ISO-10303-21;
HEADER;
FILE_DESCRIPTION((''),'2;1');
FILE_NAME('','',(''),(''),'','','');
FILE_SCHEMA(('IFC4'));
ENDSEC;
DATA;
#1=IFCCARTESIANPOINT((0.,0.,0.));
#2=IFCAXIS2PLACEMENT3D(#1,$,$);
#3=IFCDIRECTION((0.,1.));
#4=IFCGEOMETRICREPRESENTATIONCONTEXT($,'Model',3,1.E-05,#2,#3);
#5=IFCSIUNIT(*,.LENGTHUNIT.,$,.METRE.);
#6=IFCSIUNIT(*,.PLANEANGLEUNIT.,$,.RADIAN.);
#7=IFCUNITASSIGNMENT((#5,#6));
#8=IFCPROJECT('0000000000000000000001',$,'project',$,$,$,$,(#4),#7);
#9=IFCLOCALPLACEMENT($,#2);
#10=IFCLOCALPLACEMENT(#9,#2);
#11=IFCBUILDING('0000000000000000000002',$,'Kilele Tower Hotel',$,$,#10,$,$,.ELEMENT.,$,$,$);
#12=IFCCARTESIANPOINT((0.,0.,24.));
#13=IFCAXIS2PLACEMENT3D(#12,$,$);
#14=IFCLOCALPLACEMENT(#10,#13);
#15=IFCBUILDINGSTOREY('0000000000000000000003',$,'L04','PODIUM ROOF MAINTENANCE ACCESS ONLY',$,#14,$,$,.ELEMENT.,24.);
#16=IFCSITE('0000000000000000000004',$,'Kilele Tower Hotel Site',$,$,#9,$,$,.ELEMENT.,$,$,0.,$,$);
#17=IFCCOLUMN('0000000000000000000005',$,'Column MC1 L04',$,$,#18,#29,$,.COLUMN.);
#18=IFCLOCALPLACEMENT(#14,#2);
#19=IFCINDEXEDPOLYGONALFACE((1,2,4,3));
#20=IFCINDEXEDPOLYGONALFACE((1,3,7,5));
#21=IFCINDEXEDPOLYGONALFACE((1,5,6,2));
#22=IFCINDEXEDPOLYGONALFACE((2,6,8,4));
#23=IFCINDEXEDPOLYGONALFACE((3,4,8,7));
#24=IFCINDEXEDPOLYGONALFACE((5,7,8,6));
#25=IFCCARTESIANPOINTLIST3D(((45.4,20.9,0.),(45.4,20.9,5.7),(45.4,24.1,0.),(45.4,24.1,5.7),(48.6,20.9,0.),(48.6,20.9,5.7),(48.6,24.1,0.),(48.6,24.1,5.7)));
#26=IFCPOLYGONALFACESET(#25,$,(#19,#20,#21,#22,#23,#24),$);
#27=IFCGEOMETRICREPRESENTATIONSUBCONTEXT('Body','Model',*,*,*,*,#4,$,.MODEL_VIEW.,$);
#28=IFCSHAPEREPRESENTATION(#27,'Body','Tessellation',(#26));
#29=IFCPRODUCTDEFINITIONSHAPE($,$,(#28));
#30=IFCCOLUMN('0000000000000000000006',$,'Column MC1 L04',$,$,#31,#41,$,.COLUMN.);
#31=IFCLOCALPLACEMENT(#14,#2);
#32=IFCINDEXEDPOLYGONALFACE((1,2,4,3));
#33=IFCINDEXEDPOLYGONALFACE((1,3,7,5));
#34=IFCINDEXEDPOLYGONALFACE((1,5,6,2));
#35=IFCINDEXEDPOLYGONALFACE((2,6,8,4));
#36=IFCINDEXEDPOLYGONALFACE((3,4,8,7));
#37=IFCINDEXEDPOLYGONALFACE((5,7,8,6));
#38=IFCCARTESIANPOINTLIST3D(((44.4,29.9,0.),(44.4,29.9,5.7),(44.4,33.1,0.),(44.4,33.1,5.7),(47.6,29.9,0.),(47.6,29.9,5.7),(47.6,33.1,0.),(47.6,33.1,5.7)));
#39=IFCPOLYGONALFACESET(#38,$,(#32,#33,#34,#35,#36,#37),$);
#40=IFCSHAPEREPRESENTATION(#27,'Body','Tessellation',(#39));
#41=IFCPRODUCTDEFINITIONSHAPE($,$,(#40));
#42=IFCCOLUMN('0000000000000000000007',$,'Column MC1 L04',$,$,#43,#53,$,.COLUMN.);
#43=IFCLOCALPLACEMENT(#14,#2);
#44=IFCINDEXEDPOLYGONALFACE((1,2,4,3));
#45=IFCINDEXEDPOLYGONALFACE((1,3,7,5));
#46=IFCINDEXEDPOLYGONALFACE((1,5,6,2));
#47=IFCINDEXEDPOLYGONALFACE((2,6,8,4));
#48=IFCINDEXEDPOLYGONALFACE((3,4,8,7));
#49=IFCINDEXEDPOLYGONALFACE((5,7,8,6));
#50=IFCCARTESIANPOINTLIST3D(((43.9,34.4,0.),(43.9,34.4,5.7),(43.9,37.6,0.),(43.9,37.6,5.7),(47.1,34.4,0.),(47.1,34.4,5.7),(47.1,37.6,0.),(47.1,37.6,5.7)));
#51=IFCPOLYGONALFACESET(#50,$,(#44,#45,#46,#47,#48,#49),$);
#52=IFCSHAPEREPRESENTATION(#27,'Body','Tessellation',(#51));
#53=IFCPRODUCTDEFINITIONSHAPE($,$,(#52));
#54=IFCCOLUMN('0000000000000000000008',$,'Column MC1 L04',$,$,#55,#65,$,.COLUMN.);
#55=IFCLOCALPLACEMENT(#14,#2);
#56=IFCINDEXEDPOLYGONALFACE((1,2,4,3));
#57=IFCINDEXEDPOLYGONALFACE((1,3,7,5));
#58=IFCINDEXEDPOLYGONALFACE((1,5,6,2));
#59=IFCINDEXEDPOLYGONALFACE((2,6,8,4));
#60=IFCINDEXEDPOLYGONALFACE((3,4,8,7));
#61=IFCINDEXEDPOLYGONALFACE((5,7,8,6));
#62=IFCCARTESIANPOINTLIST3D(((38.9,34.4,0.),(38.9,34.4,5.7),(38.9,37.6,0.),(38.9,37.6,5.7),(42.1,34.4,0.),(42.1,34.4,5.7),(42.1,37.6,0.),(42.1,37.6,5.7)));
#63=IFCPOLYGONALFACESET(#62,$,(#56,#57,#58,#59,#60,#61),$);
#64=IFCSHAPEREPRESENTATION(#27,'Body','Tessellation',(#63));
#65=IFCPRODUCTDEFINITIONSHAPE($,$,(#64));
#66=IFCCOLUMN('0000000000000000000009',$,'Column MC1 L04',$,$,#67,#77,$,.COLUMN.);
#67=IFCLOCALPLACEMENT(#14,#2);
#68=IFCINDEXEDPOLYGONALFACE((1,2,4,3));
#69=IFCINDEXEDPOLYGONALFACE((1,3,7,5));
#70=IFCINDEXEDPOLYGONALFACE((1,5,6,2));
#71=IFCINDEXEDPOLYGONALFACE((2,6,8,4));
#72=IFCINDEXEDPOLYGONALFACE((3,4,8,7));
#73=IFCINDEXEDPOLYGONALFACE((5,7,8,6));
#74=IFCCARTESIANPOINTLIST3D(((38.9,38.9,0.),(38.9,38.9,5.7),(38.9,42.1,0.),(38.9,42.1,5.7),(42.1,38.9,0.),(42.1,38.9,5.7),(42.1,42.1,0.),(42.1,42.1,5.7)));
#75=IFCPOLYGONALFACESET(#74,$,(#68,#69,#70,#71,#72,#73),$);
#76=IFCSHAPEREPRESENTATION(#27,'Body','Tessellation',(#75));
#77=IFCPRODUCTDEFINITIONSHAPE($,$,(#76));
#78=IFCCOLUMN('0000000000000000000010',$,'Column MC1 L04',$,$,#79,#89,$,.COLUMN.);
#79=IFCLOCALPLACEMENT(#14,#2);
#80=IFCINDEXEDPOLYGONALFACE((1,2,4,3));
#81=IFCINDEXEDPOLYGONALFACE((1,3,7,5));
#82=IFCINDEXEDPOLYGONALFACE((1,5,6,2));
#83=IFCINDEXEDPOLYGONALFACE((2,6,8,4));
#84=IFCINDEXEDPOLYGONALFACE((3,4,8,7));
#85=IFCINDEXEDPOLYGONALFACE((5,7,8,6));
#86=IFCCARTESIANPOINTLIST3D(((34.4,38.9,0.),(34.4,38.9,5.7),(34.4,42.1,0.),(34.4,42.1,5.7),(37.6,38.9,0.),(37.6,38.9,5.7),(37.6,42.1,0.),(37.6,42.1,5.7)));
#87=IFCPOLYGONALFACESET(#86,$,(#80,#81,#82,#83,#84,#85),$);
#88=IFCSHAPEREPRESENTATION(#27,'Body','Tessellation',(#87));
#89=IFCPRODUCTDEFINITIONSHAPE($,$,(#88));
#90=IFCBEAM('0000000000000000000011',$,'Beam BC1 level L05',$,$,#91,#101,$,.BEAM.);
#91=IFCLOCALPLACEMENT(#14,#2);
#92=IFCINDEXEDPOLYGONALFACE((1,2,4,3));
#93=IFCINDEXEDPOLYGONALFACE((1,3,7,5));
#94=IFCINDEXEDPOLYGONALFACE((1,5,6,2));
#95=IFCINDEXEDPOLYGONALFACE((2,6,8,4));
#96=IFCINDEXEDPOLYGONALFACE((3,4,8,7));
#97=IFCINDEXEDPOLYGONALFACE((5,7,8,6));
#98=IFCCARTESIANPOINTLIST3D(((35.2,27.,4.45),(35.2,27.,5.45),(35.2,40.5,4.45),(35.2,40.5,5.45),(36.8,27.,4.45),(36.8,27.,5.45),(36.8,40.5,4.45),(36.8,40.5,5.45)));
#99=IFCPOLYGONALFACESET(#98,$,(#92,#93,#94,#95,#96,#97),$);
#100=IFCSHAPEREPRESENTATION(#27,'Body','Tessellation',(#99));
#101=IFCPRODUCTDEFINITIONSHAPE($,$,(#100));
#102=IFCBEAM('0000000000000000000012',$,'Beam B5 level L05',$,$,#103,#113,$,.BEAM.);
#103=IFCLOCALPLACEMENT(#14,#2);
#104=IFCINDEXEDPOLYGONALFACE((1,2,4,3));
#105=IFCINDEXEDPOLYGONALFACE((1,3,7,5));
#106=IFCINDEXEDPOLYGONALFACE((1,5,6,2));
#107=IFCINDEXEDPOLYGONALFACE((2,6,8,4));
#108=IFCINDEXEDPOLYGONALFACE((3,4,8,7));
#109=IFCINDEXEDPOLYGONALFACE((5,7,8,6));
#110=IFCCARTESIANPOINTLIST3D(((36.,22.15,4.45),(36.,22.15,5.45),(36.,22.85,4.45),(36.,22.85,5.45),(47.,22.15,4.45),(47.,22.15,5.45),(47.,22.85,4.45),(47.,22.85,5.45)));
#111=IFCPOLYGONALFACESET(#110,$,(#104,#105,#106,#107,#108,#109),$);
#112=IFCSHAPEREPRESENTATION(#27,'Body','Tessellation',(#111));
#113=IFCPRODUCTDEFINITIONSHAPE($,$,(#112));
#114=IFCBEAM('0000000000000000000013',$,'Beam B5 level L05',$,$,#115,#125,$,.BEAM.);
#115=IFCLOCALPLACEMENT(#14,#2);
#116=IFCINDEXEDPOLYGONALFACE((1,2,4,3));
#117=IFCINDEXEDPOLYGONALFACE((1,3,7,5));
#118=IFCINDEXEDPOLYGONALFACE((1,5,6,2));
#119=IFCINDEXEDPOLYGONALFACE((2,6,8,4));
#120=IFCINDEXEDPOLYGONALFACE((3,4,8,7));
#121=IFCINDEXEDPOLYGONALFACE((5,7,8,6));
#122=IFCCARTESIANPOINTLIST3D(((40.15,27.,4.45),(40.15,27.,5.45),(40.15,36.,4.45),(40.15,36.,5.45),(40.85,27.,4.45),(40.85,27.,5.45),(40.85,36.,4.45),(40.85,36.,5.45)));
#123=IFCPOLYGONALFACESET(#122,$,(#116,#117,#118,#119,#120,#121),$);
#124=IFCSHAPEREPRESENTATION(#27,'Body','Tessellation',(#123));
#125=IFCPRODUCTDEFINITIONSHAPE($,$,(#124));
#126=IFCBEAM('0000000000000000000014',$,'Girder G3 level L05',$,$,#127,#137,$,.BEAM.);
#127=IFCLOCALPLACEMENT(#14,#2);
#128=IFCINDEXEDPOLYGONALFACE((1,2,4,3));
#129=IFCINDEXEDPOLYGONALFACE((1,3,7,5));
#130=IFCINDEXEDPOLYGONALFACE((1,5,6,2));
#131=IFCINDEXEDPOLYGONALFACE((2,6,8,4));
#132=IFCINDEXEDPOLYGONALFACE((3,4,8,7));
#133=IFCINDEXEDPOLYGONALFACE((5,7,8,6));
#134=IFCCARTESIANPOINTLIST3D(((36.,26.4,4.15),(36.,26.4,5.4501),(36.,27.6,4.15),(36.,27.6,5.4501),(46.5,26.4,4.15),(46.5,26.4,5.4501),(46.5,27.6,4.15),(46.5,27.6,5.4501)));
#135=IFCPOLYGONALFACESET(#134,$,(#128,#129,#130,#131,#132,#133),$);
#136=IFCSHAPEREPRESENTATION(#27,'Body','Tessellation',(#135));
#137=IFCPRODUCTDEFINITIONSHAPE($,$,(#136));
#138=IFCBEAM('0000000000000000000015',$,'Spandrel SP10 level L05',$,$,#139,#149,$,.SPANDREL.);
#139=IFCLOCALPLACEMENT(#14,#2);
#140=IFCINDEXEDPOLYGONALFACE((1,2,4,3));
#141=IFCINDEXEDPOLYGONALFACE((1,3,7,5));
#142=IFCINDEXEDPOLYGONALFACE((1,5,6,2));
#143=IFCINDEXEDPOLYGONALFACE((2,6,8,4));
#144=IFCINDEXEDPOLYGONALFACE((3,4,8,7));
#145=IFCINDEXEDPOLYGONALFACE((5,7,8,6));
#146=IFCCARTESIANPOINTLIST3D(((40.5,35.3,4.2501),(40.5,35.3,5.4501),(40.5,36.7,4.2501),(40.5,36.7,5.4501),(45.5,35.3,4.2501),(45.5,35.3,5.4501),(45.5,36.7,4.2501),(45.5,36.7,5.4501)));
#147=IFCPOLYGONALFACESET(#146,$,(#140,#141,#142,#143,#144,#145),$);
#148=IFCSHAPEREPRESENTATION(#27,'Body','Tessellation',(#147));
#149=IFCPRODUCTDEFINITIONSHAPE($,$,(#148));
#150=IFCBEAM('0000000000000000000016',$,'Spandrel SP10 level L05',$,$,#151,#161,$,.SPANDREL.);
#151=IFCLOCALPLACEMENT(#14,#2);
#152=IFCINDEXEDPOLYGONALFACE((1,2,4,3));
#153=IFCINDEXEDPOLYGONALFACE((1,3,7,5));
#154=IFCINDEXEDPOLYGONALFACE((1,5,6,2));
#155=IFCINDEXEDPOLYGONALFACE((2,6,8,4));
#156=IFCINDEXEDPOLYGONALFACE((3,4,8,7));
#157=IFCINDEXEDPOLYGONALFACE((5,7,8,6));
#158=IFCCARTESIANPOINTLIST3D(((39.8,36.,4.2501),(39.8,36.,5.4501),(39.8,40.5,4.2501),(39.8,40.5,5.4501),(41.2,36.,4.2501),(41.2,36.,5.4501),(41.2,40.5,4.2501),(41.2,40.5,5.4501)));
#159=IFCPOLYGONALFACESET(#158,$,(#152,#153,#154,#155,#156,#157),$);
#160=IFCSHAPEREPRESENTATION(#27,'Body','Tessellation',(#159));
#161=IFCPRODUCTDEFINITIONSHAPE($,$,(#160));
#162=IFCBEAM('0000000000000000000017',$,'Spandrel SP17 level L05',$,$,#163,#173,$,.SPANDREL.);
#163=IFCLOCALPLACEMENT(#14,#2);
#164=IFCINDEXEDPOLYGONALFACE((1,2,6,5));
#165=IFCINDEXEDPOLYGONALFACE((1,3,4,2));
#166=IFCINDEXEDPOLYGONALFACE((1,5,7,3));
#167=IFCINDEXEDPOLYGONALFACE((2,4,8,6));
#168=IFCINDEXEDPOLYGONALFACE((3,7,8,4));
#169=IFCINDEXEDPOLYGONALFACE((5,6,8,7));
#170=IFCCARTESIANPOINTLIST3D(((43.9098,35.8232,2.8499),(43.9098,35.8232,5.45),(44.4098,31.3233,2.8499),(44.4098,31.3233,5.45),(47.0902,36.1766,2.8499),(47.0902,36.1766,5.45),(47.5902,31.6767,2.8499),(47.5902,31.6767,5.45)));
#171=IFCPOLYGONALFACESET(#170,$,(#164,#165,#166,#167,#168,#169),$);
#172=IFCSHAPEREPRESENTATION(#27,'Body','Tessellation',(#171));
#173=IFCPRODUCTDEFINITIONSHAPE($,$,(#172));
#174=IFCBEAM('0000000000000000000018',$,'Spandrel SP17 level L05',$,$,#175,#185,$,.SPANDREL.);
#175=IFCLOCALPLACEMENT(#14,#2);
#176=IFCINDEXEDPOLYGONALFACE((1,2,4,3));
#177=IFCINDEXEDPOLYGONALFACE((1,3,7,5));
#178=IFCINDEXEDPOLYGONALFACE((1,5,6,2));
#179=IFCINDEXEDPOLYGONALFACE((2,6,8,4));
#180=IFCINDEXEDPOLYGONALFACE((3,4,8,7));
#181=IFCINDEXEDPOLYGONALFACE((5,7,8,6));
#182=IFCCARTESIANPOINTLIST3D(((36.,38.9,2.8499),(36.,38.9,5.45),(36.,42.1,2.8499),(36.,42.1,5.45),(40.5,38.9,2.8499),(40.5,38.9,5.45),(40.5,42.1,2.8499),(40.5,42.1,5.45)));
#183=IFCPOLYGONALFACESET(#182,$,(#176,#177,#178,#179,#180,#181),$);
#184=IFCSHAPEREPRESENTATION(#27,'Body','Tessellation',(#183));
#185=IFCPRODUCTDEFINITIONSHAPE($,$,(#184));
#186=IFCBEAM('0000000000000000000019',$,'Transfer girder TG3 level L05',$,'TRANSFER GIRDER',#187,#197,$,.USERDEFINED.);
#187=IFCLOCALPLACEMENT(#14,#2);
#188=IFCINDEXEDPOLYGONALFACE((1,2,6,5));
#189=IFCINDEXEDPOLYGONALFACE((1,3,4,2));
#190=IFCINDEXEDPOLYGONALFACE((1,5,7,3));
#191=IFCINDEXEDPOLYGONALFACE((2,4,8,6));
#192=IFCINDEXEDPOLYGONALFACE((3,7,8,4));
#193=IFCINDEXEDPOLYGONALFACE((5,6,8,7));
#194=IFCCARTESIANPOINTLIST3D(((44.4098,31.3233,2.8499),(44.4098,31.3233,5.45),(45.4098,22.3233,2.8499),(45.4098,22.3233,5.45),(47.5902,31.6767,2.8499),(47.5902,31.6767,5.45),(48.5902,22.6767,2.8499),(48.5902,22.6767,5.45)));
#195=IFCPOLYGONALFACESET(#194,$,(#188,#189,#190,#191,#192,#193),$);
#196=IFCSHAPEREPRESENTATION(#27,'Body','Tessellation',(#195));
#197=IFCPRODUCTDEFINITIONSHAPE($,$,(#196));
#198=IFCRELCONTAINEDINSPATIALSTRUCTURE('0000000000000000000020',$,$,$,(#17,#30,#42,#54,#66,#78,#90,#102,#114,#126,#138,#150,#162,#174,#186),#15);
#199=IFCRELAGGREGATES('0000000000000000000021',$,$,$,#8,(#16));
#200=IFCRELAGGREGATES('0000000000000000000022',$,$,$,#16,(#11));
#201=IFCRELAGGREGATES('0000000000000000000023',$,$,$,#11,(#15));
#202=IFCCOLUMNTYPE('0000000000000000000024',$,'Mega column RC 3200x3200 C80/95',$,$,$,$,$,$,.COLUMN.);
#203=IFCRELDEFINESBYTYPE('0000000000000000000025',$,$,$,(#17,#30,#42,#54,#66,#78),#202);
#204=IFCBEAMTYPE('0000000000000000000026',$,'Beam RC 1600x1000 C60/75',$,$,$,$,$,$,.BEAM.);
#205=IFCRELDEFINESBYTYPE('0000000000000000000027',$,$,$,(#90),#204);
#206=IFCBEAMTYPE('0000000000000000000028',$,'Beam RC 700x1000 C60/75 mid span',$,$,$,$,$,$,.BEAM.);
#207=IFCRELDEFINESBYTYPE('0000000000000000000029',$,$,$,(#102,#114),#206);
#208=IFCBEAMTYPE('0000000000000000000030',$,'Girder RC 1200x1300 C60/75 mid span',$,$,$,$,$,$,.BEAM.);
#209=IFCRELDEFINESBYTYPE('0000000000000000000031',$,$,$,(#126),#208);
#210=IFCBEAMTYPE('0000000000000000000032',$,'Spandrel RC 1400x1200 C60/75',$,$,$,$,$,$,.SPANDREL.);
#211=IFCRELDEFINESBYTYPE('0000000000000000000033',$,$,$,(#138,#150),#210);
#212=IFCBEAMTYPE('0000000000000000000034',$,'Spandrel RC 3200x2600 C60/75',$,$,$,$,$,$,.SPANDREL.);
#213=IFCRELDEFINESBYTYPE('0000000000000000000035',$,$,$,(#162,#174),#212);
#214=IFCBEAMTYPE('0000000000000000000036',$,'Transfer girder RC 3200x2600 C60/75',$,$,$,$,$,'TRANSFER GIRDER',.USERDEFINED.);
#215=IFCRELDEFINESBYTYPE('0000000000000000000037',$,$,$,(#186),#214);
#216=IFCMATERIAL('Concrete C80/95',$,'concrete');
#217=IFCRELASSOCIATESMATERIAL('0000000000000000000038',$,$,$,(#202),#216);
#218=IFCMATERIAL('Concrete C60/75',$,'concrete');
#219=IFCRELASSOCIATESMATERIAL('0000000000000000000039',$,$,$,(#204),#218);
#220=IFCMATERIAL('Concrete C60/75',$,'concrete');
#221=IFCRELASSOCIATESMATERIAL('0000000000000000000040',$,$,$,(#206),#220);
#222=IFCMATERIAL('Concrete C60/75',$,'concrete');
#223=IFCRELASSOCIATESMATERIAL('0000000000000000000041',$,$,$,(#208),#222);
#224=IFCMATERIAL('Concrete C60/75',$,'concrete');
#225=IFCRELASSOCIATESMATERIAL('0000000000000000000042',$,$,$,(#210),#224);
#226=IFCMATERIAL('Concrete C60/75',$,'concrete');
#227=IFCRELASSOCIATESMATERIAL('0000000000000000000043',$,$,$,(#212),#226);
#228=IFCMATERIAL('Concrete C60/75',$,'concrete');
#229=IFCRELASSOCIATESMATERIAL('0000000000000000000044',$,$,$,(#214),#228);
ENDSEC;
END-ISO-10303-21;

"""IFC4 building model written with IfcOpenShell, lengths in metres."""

from ifc_helpers import new_model, si_unit, direction, frame, origin, origin_2d, place, context, subcontext, project, spatial, rectangle, extrude, material, material_profile, profile_set, type_object, element, save


model = new_model("IFC4")

# Units and contexts
model_context = context("Model", 3, precision=1e-05, world=origin(), true_north=direction((0.0, 1.0)))
body_context = subcontext(model_context, "Body", "Model", "MODEL_VIEW")
ifc_project = project(units=[si_unit("LENGTHUNIT", "METRE"), si_unit("PLANEANGLEUNIT", "RADIAN")], contexts=[model_context])

# Site, building, storey
site_placement = place(None, origin())
site = spatial("IfcSite", under=ifc_project, at=site_placement, Name="Kilele Tower Hotel Site", CompositionType="ELEMENT", RefElevation=0.0)
building_placement = place(site_placement, origin())
building = spatial("IfcBuilding", under=site, at=building_placement, Name="Kilele Tower Hotel", CompositionType="ELEMENT")
storey_placement = place(building_placement, frame((0.0, 0.0, 24.0)))
storey = spatial("IfcBuildingStorey", under=building, at=storey_placement, Name="L04", Description="PODIUM ROOF MAINTENANCE ACCESS ONLY", CompositionType="ELEMENT", Elevation=24.0)

# Columns
ifc_material_1 = material(Name="Concrete C80/95", Category="concrete")
ifc_material_profile_1 = material_profile(ifc_material_1, rectangle(XDim=3.2, YDim=3.2, at=origin_2d()))
ifc_profile_set_1 = profile_set([ifc_material_profile_1], Name="Concrete C80/95")
column_type = type_object("IfcColumnType", Name="Mega column RC 3200x3200 C80/95", PredefinedType="COLUMN", material=ifc_profile_set_1)
for number, where, z_axis, x_axis, name in (
    (1, (47.0, 22.5, 0.0), (0.0, 0.0, 1.0), (1.0, 0.0, 0.0), "Column MC1 L04"),
    (2, (46.0, 31.5, 0.0), (0.0, 0.0, 1.0), (1.0, 0.0, 0.0), "Column MC1 L04"),
    (3, (45.5, 36.0, 0.0), (0.0, 0.0, 1.0), (1.0, 0.0, 0.0), "Column MC1 L04"),
    (4, (40.5, 36.0, 0.0), (0.0, 0.0, 1.0), (1.0, 0.0, 0.0), "Column MC1 L04"),
    (5, (40.5, 40.5, 0.0), (0.0, 0.0, 1.0), (1.0, 0.0, 0.0), "Column MC1 L04"),
    (6, (36.0, 40.5, 0.0), (0.0, 0.0, 1.0), (1.0, 0.0, 0.0), "Column MC1 L04"),
):
    element("IfcColumn", number, at=place(storey_placement, frame(where, z_axis=z_axis, x_axis=x_axis)), inside=storey, type_object=column_type, Name=name, PredefinedType="COLUMN", context=body_context, shape_type="SweptSolid", body=[
        extrude(rectangle(XDim=3.2, YDim=3.2, at=origin_2d()), origin(), (0.0, 0.0, 1.0), 5.7),
    ])

# Beams
ifc_material_2 = material(Name="Concrete C60/75", Category="concrete")
ifc_material_profile_2 = material_profile(ifc_material_2, rectangle(XDim=1.6001, YDim=1.0, at=origin_2d()))
ifc_profile_set_2 = profile_set([ifc_material_profile_2], Name="Concrete C60/75")
beam_type_1 = type_object("IfcBeamType", Name="Beam RC 1600x1000 C60/75", PredefinedType="BEAM", material=ifc_profile_set_2)
beam_1_placement = place(storey_placement, frame((36.0, 40.5, 4.95), z_axis=(0.0, -1.0, 0.0), x_axis=(1.0, 0.0, 0.0)))
element("IfcBeam", 7, at=beam_1_placement, inside=storey, type_object=beam_type_1, Name="Beam BC1 level L05", PredefinedType="BEAM", context=body_context, shape_type="SweptSolid", body=[
    extrude(rectangle(XDim=1.6001, YDim=1.0, at=origin_2d()), origin(), (0.0, 0.0, 1.0), 13.5),
])
ifc_material_3 = material(Name="Concrete C60/75", Category="concrete")
ifc_material_profile_3 = material_profile(ifc_material_3, rectangle(XDim=0.7, YDim=1.0, at=origin_2d()))
ifc_profile_set_3 = profile_set([ifc_material_profile_3], Name="Concrete C60/75")
beam_type_2 = type_object("IfcBeamType", Name="Beam RC 700x1000 C60/75 mid span", PredefinedType="BEAM", material=ifc_profile_set_3)
beam_2_placement = place(storey_placement, frame((47.0, 22.5, 4.95), z_axis=(-1.0, 0.0, 0.0), x_axis=(0.0, -1.0, 0.0)))
element("IfcBeam", 8, at=beam_2_placement, inside=storey, type_object=beam_type_2, Name="Beam B5 level L05", PredefinedType="BEAM", context=body_context, shape_type="SweptSolid", body=[
    extrude(rectangle(XDim=0.7, YDim=1.0, at=origin_2d()), origin(), (0.0, 0.0, 1.0), 11.0),
])
beam_3_placement = place(storey_placement, frame((40.5, 36.0, 4.95), z_axis=(0.0, -1.0, 0.0), x_axis=(1.0, 0.0, 0.0)))
element("IfcBeam", 9, at=beam_3_placement, inside=storey, type_object=beam_type_2, Name="Beam B5 level L05", PredefinedType="BEAM", context=body_context, shape_type="SweptSolid", body=[
    extrude(rectangle(XDim=0.7, YDim=1.0, at=origin_2d()), origin(), (0.0, 0.0, 1.0), 9.0),
])
ifc_material_4 = material(Name="Concrete C60/75", Category="concrete")
ifc_material_profile_4 = material_profile(ifc_material_4, rectangle(XDim=1.2, YDim=1.3, at=origin_2d()))
ifc_profile_set_4 = profile_set([ifc_material_profile_4], Name="Concrete C60/75")
beam_type_3 = type_object("IfcBeamType", Name="Girder RC 1200x1300 C60/75 mid span", PredefinedType="BEAM", material=ifc_profile_set_4)
beam_4_placement = place(storey_placement, frame((46.5, 27.0, 4.8), z_axis=(-1.0, 0.0, 0.0), x_axis=(0.0, -1.0, 0.0)))
element("IfcBeam", 10, at=beam_4_placement, inside=storey, type_object=beam_type_3, Name="Girder G3 level L05", PredefinedType="BEAM", context=body_context, shape_type="SweptSolid", body=[
    extrude(rectangle(XDim=1.2, YDim=1.3, at=origin_2d()), origin(), (0.0, 0.0, 1.0), 10.5),
])
ifc_material_5 = material(Name="Concrete C60/75", Category="concrete")
ifc_material_profile_5 = material_profile(ifc_material_5, rectangle(XDim=1.3999, YDim=1.2, at=origin_2d()))
ifc_profile_set_5 = profile_set([ifc_material_profile_5], Name="Concrete C60/75")
beam_type_4 = type_object("IfcBeamType", Name="Spandrel RC 1400x1200 C60/75", PredefinedType="SPANDREL", material=ifc_profile_set_5)
beam_5_placement = place(storey_placement, frame((45.5, 36.0, 4.8501), z_axis=(-1.0, 0.0, 0.0), x_axis=(0.0, -1.0, 0.0)))
element("IfcBeam", 11, at=beam_5_placement, inside=storey, type_object=beam_type_4, Name="Spandrel SP10 level L05", PredefinedType="SPANDREL", context=body_context, shape_type="SweptSolid", body=[
    extrude(rectangle(XDim=1.3999, YDim=1.2, at=origin_2d()), origin(), (0.0, 0.0, 1.0), 5.0),
])
beam_6_placement = place(storey_placement, frame((40.5, 36.0, 4.8501), z_axis=(0.0, 1.0, 0.0), x_axis=(-1.0, 0.0, 0.0)))
element("IfcBeam", 12, at=beam_6_placement, inside=storey, type_object=beam_type_4, Name="Spandrel SP10 level L05", PredefinedType="SPANDREL", context=body_context, shape_type="SweptSolid", body=[
    extrude(rectangle(XDim=1.3999, YDim=1.2, at=origin_2d()), origin(), (0.0, 0.0, 1.0), 4.5),
])
ifc_material_6 = material(Name="Concrete C60/75", Category="concrete")
ifc_material_profile_6 = material_profile(ifc_material_6, rectangle(XDim=3.2, YDim=2.6001, at=origin_2d()))
ifc_profile_set_6 = profile_set([ifc_material_profile_6], Name="Concrete C60/75")
beam_type_5 = type_object("IfcBeamType", Name="Spandrel RC 3200x2600 C60/75", PredefinedType="SPANDREL", material=ifc_profile_set_6)
beam_7_placement = place(storey_placement, frame((46.0, 31.5, 4.1499), z_axis=(-0.110432, 0.993884, 0.0), x_axis=(-0.993884, -0.110432, 0.0)))
element("IfcBeam", 13, at=beam_7_placement, inside=storey, type_object=beam_type_5, Name="Spandrel SP17 level L05", PredefinedType="SPANDREL", context=body_context, shape_type="SweptSolid", body=[
    extrude(rectangle(XDim=3.2, YDim=2.6001, at=origin_2d()), origin(), (0.0, 0.0, 1.0), 4.5276),
])
beam_8_placement = place(storey_placement, frame((40.5, 40.5, 4.1499), z_axis=(-1.0, 0.0, 0.0), x_axis=(0.0, -1.0, 0.0)))
element("IfcBeam", 14, at=beam_8_placement, inside=storey, type_object=beam_type_5, Name="Spandrel SP17 level L05", PredefinedType="SPANDREL", context=body_context, shape_type="SweptSolid", body=[
    extrude(rectangle(XDim=3.2, YDim=2.6001, at=origin_2d()), origin(), (0.0, 0.0, 1.0), 4.5),
])
ifc_material_7 = material(Name="Concrete C60/75", Category="concrete")
ifc_material_profile_7 = material_profile(ifc_material_7, rectangle(XDim=3.2, YDim=2.6001, at=origin_2d()))
ifc_profile_set_7 = profile_set([ifc_material_profile_7], Name="Concrete C60/75")
beam_type_6 = type_object("IfcBeamType", Name="Transfer girder RC 3200x2600 C60/75", ElementType="TRANSFER GIRDER", PredefinedType="USERDEFINED", material=ifc_profile_set_7)
beam_9_placement = place(storey_placement, frame((47.0, 22.5, 4.1499), z_axis=(-0.110432, 0.993884, 0.0), x_axis=(-0.993884, -0.110432, 0.0)))
element("IfcBeam", 15, at=beam_9_placement, inside=storey, type_object=beam_type_6, Name="Transfer girder TG3 level L05", ObjectType="TRANSFER GIRDER", PredefinedType="USERDEFINED", context=body_context, shape_type="SweptSolid", body=[
    extrude(rectangle(XDim=3.2, YDim=2.6001, at=origin_2d()), origin(), (0.0, 0.0, 1.0), 9.0554),
])

save(model, "model.ifc")
